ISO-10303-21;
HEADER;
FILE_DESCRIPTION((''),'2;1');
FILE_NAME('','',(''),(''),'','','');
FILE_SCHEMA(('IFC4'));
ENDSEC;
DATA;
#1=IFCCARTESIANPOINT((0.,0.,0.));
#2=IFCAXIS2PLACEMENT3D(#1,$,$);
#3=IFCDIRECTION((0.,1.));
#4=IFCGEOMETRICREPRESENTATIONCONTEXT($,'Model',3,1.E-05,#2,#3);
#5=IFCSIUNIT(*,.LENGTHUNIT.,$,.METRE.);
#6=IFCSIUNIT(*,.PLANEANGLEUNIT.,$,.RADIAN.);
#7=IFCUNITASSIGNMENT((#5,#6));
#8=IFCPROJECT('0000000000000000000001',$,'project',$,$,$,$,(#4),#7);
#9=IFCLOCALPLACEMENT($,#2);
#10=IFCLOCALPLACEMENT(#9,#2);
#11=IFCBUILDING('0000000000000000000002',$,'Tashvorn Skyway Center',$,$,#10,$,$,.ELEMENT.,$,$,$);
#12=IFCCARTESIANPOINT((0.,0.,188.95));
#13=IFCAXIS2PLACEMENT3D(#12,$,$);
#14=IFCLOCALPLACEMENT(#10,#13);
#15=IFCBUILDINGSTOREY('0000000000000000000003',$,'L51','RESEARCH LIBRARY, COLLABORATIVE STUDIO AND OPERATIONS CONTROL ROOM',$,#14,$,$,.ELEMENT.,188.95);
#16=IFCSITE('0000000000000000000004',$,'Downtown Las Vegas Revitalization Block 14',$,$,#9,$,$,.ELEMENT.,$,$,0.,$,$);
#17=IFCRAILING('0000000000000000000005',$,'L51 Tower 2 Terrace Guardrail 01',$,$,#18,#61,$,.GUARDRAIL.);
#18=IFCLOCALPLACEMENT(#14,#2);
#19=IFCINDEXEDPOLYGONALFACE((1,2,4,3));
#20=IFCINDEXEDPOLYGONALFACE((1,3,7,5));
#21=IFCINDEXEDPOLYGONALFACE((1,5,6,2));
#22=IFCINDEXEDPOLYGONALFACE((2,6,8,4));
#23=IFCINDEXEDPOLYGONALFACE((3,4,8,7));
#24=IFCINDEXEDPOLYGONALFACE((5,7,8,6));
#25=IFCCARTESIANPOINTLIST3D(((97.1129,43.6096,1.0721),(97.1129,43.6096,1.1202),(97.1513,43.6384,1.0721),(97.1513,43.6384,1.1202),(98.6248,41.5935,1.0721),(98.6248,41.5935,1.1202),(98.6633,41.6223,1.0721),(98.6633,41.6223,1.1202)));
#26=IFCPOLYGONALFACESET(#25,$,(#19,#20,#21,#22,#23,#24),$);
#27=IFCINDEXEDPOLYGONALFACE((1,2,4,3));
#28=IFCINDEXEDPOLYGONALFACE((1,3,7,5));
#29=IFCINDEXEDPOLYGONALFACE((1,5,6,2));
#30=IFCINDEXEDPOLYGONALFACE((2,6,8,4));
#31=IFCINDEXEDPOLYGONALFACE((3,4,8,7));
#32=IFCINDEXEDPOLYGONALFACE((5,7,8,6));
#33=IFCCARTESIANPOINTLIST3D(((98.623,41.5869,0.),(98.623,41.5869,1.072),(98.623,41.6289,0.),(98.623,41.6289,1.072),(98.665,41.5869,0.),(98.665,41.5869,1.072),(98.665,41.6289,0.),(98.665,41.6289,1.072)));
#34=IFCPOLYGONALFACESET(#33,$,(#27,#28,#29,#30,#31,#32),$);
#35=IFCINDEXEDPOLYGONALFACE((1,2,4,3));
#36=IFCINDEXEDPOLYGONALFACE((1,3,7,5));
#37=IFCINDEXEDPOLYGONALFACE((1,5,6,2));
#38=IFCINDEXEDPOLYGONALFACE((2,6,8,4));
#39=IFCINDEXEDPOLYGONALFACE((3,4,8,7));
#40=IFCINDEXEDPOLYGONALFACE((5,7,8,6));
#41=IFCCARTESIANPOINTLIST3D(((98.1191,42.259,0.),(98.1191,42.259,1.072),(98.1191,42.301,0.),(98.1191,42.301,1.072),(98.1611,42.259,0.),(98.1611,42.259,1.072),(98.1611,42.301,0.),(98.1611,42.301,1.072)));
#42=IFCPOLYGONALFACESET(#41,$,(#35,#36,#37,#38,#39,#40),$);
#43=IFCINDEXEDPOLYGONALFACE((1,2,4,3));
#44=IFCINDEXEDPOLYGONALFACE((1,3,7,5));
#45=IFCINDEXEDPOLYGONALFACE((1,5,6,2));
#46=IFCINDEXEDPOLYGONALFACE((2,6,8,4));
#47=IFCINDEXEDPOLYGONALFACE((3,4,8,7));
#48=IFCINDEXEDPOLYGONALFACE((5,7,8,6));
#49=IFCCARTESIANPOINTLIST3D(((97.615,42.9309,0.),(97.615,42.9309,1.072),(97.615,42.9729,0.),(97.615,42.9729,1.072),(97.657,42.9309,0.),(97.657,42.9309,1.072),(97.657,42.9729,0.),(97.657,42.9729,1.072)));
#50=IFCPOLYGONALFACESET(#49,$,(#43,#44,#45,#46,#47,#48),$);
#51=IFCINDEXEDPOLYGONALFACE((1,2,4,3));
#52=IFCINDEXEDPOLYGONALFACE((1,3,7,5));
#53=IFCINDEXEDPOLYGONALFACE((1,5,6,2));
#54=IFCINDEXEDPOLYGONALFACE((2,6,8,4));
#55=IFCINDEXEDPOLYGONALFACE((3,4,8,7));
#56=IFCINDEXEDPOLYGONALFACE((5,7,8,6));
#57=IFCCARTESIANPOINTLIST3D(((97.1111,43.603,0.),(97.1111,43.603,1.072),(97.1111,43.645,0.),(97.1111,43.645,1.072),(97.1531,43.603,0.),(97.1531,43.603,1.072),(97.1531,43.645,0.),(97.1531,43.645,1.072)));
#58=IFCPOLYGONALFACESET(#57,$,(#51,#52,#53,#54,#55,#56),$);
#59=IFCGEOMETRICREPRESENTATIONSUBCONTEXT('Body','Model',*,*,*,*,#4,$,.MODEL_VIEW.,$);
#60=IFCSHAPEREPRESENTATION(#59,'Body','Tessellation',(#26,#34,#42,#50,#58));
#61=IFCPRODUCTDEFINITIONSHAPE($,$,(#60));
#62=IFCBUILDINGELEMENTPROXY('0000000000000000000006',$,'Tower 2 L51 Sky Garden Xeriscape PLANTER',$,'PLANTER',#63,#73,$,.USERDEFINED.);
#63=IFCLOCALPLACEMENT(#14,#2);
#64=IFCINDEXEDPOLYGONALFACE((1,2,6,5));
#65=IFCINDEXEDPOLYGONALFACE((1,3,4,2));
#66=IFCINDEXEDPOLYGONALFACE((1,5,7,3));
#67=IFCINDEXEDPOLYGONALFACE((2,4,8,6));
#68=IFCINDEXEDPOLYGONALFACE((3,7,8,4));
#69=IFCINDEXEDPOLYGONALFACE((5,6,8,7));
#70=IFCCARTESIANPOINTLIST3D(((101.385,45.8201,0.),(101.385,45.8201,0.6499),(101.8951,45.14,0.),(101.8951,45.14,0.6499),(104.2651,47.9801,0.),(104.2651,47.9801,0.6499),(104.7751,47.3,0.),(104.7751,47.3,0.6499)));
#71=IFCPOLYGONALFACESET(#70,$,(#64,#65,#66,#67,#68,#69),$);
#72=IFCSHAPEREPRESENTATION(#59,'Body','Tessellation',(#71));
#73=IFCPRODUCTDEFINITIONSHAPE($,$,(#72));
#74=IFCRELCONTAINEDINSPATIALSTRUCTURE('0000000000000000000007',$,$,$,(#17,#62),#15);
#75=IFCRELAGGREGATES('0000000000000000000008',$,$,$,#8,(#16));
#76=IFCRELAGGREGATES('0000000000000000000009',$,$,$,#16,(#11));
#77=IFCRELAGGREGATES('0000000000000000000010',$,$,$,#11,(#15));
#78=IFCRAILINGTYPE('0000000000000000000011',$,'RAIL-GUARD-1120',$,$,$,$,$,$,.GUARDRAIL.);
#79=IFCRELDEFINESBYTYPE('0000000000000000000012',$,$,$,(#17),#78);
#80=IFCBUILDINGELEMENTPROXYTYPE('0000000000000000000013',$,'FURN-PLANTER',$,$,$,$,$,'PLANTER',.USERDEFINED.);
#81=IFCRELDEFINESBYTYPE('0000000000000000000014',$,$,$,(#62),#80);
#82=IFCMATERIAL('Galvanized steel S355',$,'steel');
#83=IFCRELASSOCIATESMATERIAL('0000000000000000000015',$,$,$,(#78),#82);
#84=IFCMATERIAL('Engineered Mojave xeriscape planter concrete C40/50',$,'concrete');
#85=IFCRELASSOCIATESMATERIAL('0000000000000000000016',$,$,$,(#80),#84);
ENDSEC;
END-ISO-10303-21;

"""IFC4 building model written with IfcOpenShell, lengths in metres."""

from ifc_helpers import new_model, si_unit, direction, frame, origin, origin_2d, place, context, subcontext, project, spatial, rectangle, extrude, material, type_object, element, save


model = new_model("IFC4")

# Units and contexts
model_context = context("Model", 3, precision=1e-05, world=origin(), true_north=direction((0.0, 1.0)))
body_context = subcontext(model_context, "Body", "Model", "MODEL_VIEW")
ifc_project = project(units=[si_unit("LENGTHUNIT", "METRE"), si_unit("PLANEANGLEUNIT", "RADIAN")], contexts=[model_context])

# Site, building, storey
site_placement = place(None, origin())
site = spatial("IfcSite", under=ifc_project, at=site_placement, Name="Downtown Las Vegas Revitalization Block 14", CompositionType="ELEMENT", RefElevation=0.0)
building_placement = place(site_placement, origin())
building = spatial("IfcBuilding", under=site, at=building_placement, Name="Tashvorn Skyway Center", CompositionType="ELEMENT")
storey_placement = place(building_placement, frame((0.0, 0.0, 188.95)))
storey = spatial("IfcBuildingStorey", under=building, at=storey_placement, Name="L51", Description="RESEARCH LIBRARY, COLLABORATIVE STUDIO AND OPERATIONS CONTROL ROOM", CompositionType="ELEMENT", Elevation=188.95)

# Railing
ifc_material_1 = material(Name="Galvanized steel S355", Category="steel")
railing_type = type_object("IfcRailingType", Name="RAIL-GUARD-1120", PredefinedType="GUARDRAIL", material=ifc_material_1)
railing_placement = place(storey_placement, frame((98.644, 41.6079, 0.0)))
element("IfcRailing", 1, at=railing_placement, inside=storey, type_object=railing_type, Name="L51 Tower 2 Terrace Guardrail 01", PredefinedType="GUARDRAIL", context=body_context, shape_type="SweptSolid", body=[
    extrude(rectangle(XDim=0.0481, YDim=0.0481, at=origin_2d()), frame((0.0, 0.0, 1.0962), z_axis=(-0.599969, 0.800023, 0.0), x_axis=(-0.800023, -0.599969, 0.0)), (0.0, 0.0, 1.0), 2.52),
    extrude(rectangle(XDim=0.042, YDim=0.042, at=origin_2d()), origin(), (0.0, 0.0, 1.0), 1.072),
    extrude(rectangle(XDim=0.042, YDim=0.042, at=origin_2d()), frame((-0.5039, 0.6721, 0.0)), (0.0, 0.0, 1.0), 1.072),
    extrude(rectangle(XDim=0.042, YDim=0.042, at=origin_2d()), frame((-1.0081, 1.344, 0.0)), (0.0, 0.0, 1.0), 1.072),
    extrude(rectangle(XDim=0.042, YDim=0.042, at=origin_2d()), frame((-1.512, 2.0161, 0.0)), (0.0, 0.0, 1.0), 1.072),
])

# Building element proxy
ifc_material_2 = material(Name="Engineered Mojave xeriscape planter concrete C40/50", Category="concrete")
building_element_proxy_type = type_object("IfcBuildingElementProxyType", Name="FURN-PLANTER", ElementType="PLANTER", PredefinedType="USERDEFINED", material=ifc_material_2)
proxy_placement = place(storey_placement, frame((103.0801, 46.5601, 0.0), z_axis=(0.0, 0.0, 1.0), x_axis=(0.8, 0.6, 0.0)))
element("IfcBuildingElementProxy", 2, at=proxy_placement, inside=storey, type_object=building_element_proxy_type, Name="Tower 2 L51 Sky Garden Xeriscape PLANTER", ObjectType="PLANTER", PredefinedType="USERDEFINED", context=body_context, shape_type="SweptSolid", body=[
    extrude(rectangle(XDim=3.6001, YDim=0.8501, at=origin_2d()), origin(), (0.0, 0.0, 1.0), 0.6499),
])

save(model, "model.ifc")
